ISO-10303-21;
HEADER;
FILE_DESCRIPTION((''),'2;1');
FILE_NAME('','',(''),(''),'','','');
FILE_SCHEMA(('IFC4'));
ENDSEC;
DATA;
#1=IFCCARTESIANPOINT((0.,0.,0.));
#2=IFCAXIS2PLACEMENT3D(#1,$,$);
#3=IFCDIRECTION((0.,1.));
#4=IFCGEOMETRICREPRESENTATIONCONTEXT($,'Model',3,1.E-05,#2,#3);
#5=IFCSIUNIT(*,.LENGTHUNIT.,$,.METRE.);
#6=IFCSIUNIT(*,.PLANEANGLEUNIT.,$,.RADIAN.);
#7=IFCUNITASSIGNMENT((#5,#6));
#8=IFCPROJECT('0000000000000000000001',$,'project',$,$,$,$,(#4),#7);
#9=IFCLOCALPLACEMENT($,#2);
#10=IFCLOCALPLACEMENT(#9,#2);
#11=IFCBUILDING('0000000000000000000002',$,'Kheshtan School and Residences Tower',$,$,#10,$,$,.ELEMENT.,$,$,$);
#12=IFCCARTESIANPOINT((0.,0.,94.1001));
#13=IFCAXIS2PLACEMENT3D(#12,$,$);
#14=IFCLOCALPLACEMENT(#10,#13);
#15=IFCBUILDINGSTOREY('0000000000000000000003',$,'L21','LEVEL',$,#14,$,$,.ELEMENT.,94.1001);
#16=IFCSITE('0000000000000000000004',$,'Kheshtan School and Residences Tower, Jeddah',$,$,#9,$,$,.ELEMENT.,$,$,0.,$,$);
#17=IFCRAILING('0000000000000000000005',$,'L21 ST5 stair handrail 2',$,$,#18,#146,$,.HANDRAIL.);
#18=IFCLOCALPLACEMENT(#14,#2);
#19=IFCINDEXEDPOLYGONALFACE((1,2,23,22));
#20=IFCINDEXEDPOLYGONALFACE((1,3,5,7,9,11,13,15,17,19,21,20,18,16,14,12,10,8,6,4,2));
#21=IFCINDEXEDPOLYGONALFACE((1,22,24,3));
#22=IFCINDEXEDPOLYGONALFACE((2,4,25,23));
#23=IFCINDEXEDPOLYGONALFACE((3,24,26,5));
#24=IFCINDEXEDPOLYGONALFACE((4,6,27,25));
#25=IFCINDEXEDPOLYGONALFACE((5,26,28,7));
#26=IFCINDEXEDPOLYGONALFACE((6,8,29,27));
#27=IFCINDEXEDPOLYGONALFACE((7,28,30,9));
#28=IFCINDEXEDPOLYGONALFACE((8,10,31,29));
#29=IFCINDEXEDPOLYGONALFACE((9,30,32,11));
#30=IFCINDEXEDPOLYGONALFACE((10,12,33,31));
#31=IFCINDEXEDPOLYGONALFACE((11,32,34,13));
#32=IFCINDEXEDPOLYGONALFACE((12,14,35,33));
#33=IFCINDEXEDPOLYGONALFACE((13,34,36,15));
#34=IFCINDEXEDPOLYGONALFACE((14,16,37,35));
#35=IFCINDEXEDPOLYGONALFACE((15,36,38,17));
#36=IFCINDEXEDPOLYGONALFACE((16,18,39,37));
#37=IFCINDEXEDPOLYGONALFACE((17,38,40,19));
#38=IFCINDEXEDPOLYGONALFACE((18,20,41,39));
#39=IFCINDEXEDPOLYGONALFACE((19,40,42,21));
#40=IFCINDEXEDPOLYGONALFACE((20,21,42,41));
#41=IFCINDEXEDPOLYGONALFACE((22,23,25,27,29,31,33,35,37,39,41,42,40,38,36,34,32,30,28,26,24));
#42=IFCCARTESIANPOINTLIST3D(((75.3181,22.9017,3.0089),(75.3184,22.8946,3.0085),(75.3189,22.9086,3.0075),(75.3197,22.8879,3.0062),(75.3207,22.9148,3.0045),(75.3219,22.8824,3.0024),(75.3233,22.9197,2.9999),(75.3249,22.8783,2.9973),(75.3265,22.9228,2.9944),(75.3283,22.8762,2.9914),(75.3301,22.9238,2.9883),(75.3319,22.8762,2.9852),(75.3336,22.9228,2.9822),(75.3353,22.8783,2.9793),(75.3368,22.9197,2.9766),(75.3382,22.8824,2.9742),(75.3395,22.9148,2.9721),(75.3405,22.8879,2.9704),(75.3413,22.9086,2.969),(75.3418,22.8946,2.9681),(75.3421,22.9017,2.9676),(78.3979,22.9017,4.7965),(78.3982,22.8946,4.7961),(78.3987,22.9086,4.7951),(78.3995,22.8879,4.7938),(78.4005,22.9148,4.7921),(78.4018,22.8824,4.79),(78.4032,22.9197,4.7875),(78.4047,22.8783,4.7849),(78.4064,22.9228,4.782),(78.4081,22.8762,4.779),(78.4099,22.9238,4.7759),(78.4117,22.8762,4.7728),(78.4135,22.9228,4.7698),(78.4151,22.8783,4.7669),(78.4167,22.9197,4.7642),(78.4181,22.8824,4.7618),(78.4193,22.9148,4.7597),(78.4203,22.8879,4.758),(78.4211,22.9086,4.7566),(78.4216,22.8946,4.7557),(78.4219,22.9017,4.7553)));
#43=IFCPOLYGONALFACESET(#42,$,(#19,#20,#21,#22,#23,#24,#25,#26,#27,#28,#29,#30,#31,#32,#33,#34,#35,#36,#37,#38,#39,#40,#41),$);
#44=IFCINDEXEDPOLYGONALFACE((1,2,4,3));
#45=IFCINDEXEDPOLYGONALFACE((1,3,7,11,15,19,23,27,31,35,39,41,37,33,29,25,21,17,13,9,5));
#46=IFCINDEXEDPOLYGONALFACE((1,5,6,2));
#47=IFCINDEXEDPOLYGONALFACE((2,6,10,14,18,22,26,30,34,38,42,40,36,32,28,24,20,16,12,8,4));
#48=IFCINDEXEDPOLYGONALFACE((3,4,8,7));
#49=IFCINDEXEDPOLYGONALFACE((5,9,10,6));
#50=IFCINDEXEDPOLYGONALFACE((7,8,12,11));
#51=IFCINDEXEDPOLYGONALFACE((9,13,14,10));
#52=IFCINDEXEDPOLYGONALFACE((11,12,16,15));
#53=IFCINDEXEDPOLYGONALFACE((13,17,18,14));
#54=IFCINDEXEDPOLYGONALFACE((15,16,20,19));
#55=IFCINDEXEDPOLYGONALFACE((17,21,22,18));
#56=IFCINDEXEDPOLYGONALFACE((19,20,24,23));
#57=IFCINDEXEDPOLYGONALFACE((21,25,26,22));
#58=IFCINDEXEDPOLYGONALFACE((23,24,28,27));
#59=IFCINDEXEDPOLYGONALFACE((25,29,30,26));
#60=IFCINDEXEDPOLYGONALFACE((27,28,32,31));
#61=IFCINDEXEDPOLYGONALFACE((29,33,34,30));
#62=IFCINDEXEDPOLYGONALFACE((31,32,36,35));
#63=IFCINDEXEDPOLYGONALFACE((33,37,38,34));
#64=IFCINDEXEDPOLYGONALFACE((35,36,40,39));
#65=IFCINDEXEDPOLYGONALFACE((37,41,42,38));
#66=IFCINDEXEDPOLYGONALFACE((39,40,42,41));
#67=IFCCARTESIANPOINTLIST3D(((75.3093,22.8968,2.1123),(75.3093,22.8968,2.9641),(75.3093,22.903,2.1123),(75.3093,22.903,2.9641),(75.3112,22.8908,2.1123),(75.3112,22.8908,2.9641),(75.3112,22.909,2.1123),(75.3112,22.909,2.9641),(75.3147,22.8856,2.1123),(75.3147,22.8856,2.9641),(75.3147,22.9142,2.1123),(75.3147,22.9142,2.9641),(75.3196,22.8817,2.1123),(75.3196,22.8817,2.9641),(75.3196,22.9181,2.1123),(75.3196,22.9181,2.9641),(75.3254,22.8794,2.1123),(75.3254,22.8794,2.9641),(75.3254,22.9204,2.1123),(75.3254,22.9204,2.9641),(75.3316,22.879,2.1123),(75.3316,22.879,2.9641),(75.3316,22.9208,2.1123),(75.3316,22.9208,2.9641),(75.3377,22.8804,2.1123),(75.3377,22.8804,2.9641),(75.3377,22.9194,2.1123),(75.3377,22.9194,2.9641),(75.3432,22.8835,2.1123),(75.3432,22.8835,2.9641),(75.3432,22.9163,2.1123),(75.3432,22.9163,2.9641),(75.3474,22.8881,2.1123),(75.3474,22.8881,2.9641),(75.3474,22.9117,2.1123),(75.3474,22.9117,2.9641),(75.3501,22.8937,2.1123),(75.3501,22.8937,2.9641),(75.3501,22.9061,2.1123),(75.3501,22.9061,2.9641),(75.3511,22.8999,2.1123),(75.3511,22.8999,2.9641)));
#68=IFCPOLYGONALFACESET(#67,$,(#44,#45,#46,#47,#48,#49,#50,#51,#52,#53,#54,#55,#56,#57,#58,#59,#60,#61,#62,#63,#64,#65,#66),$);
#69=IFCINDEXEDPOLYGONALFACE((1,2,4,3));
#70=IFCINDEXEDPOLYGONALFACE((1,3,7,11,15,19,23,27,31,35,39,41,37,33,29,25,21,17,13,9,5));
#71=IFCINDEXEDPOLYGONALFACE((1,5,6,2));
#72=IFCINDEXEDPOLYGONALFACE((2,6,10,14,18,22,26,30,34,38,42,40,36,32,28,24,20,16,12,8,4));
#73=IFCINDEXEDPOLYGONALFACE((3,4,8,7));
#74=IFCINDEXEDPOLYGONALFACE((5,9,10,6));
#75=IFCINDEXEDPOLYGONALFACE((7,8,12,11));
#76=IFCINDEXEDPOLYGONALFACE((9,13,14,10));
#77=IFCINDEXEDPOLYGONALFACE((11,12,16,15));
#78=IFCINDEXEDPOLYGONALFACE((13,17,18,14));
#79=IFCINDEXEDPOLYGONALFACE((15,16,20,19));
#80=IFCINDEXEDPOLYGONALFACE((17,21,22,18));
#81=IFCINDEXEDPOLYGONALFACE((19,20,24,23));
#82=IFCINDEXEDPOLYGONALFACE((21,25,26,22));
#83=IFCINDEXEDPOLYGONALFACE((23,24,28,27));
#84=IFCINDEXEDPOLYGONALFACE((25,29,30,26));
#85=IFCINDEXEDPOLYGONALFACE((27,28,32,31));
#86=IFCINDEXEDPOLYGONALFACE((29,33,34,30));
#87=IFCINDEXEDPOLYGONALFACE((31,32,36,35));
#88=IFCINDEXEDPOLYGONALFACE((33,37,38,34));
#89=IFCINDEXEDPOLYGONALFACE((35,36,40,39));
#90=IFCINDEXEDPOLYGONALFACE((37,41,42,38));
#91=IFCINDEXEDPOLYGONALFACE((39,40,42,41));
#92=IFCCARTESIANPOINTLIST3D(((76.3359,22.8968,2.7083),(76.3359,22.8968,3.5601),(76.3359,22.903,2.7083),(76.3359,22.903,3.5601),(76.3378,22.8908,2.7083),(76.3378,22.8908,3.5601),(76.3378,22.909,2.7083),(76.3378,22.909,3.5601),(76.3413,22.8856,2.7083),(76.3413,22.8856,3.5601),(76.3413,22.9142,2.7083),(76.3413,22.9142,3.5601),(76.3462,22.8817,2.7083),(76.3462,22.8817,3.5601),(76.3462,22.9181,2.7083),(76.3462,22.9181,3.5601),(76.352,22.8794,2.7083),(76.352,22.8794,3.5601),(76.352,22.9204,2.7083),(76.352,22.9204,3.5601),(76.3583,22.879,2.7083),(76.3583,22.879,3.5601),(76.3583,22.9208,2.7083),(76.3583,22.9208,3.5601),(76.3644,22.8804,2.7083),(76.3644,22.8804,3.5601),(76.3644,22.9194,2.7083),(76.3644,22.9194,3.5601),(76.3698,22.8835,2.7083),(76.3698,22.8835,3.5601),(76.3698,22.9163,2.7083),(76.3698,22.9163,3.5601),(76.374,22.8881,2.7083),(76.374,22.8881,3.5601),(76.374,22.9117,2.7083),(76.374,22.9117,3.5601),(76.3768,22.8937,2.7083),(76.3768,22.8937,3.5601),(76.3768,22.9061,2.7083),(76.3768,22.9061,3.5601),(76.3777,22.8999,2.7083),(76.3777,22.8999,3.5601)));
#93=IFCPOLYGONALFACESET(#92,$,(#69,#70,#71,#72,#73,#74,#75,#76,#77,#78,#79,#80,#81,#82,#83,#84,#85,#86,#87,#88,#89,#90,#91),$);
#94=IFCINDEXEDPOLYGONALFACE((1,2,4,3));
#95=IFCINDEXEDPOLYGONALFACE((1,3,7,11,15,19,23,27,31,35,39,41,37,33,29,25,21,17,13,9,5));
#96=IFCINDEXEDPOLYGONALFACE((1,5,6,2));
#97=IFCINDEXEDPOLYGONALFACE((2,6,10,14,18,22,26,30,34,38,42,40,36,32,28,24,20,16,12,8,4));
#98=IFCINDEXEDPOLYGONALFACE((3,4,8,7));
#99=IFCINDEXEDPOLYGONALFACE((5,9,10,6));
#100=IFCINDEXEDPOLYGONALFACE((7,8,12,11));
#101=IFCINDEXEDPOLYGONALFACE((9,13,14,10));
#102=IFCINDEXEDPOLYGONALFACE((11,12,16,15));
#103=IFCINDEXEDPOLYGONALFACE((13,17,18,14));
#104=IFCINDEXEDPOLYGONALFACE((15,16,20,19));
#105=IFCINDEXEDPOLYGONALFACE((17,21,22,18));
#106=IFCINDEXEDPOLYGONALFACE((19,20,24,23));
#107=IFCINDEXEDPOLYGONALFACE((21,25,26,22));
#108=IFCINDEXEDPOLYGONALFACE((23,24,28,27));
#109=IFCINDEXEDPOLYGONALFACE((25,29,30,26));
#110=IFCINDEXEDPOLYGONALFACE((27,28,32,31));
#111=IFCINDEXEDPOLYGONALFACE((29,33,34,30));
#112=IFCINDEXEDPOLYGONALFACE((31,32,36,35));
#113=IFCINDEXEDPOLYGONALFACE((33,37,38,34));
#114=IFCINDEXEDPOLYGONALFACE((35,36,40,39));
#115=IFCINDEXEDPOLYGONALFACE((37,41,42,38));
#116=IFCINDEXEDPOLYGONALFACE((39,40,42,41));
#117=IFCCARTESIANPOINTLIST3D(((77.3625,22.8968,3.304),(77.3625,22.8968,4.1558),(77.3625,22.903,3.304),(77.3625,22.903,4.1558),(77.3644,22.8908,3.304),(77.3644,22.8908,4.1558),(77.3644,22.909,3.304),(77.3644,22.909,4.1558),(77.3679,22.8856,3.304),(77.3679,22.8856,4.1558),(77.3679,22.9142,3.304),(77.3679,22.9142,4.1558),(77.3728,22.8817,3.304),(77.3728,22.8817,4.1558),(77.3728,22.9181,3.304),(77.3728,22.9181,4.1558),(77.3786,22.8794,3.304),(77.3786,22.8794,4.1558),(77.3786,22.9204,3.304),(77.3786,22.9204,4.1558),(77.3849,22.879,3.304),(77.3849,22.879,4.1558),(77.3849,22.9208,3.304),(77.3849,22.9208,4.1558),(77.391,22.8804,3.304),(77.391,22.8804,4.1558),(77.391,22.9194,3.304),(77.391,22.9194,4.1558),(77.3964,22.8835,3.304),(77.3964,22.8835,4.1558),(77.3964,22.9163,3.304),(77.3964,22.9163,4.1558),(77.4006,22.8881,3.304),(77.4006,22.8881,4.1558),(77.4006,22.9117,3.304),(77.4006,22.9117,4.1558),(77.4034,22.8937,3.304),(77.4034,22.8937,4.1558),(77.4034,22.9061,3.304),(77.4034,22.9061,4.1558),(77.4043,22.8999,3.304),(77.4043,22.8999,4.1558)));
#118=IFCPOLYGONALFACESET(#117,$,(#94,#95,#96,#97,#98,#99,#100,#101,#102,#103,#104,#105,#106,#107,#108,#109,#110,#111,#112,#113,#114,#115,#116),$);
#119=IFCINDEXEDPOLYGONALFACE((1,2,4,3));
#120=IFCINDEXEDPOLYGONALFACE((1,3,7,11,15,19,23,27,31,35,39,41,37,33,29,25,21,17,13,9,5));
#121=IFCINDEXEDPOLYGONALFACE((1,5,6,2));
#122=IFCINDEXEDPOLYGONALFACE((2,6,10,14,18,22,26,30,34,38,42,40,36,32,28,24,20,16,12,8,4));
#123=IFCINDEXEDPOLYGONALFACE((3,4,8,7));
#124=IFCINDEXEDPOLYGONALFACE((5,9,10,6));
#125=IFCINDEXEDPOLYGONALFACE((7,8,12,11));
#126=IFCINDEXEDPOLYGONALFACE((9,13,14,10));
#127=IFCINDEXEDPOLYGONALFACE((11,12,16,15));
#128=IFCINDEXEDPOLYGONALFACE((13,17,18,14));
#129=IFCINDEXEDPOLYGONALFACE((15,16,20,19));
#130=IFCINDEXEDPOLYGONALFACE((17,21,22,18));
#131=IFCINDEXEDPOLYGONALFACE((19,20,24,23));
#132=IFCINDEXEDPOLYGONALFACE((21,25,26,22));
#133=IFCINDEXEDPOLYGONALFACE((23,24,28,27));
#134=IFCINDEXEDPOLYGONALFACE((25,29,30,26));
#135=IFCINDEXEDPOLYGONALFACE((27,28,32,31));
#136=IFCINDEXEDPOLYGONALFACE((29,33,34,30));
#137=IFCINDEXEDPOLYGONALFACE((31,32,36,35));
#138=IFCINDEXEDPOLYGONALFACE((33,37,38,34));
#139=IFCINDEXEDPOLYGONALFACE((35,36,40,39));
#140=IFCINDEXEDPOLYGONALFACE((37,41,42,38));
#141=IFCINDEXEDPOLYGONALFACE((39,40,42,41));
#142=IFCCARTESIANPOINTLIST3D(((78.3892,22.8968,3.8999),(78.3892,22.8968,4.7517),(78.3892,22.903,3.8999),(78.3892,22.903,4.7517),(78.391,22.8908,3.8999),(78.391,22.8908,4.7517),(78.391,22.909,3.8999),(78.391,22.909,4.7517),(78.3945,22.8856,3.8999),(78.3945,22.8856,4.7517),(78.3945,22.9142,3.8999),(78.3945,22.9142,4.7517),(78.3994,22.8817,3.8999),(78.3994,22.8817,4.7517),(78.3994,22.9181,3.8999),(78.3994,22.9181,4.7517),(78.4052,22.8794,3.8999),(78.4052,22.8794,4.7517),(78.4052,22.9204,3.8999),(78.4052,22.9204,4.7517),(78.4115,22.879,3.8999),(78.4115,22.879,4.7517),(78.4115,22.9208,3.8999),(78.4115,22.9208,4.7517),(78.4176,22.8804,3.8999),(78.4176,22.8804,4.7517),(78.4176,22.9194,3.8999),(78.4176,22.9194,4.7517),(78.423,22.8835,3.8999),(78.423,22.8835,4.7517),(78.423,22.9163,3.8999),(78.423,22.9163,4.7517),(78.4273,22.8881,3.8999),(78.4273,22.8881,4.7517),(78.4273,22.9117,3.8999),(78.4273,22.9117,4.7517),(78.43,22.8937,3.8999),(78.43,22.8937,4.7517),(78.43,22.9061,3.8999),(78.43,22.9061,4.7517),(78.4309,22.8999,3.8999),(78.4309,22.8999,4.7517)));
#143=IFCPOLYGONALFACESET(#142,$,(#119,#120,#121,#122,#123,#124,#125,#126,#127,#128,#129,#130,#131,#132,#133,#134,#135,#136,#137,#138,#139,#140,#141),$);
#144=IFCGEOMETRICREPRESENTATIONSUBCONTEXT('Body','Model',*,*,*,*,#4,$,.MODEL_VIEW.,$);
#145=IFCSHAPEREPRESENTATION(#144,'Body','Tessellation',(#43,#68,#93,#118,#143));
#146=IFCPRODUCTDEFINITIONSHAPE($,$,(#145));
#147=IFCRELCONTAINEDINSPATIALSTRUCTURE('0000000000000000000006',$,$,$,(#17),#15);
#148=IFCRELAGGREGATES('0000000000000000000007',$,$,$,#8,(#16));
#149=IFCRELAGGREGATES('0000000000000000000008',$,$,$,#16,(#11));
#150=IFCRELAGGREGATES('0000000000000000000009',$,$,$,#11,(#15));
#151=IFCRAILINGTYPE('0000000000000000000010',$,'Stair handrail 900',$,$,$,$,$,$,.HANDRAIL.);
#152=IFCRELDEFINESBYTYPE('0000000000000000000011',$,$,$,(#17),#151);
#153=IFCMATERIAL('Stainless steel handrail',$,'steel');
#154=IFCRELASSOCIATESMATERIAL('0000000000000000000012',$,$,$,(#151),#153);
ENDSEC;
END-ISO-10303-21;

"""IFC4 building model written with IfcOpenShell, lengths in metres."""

from ifc_helpers import new_model, si_unit, direction, frame, origin, origin_2d, place, context, subcontext, project, spatial, circle, extrude, material, type_object, element, save


model = new_model("IFC4")

# Units and contexts
model_context = context("Model", 3, precision=1e-05, world=origin(), true_north=direction((0.0, 1.0)))
body_context = subcontext(model_context, "Body", "Model", "MODEL_VIEW")
ifc_project = project(units=[si_unit("LENGTHUNIT", "METRE"), si_unit("PLANEANGLEUNIT", "RADIAN")], contexts=[model_context])

# Site, building, storey
site_placement = place(None, origin())
site = spatial("IfcSite", under=ifc_project, at=site_placement, Name="Kheshtan School and Residences Tower, Jeddah", CompositionType="ELEMENT", RefElevation=0.0)
building_placement = place(site_placement, origin())
building = spatial("IfcBuilding", under=site, at=building_placement, Name="Kheshtan School and Residences Tower", CompositionType="ELEMENT")
storey_placement = place(building_placement, frame((0.0, 0.0, 94.1001)))
storey = spatial("IfcBuildingStorey", under=building, at=storey_placement, Name="L21", Description="LEVEL", CompositionType="ELEMENT", Elevation=94.1001)

# Railing
ifc_material_1 = material(Name="Stainless steel handrail", Category="steel")
railing_type_1 = type_object("IfcRailingType", Name="Stair handrail 900", PredefinedType="HANDRAIL", material=ifc_material_1)
railing_1_placement = place(storey_placement, frame((75.3301, 22.8999, 2.1123)))
element("IfcRailing", 1, at=railing_1_placement, inside=storey, type_object=railing_type_1, Name="L21 ST5 stair handrail 2", PredefinedType="HANDRAIL", context=body_context, shape_type="SweptSolid", body=[
    extrude(circle(Radius=0.0239, at=origin_2d()), frame((0.0, 0.0, 0.876), z_axis=(0.864873, 0.0, 0.50199), x_axis=(0.0, 1.0, 0.0)), (0.0, 0.0, 1.0), 3.561),
    extrude(circle(Radius=0.021, at=origin_2d()), origin(), (0.0, 0.0, 1.0), 0.8518),
    extrude(circle(Radius=0.021, at=origin_2d()), frame((1.0266, 0.0, 0.5959)), (0.0, 0.0, 1.0), 0.8518),
    extrude(circle(Radius=0.021, at=origin_2d()), frame((2.0532, 0.0, 1.1917)), (0.0, 0.0, 1.0), 0.8518),
    extrude(circle(Radius=0.021, at=origin_2d()), frame((3.0798, 0.0, 1.7876)), (0.0, 0.0, 1.0), 0.8518),
])

save(model, "model.ifc")
